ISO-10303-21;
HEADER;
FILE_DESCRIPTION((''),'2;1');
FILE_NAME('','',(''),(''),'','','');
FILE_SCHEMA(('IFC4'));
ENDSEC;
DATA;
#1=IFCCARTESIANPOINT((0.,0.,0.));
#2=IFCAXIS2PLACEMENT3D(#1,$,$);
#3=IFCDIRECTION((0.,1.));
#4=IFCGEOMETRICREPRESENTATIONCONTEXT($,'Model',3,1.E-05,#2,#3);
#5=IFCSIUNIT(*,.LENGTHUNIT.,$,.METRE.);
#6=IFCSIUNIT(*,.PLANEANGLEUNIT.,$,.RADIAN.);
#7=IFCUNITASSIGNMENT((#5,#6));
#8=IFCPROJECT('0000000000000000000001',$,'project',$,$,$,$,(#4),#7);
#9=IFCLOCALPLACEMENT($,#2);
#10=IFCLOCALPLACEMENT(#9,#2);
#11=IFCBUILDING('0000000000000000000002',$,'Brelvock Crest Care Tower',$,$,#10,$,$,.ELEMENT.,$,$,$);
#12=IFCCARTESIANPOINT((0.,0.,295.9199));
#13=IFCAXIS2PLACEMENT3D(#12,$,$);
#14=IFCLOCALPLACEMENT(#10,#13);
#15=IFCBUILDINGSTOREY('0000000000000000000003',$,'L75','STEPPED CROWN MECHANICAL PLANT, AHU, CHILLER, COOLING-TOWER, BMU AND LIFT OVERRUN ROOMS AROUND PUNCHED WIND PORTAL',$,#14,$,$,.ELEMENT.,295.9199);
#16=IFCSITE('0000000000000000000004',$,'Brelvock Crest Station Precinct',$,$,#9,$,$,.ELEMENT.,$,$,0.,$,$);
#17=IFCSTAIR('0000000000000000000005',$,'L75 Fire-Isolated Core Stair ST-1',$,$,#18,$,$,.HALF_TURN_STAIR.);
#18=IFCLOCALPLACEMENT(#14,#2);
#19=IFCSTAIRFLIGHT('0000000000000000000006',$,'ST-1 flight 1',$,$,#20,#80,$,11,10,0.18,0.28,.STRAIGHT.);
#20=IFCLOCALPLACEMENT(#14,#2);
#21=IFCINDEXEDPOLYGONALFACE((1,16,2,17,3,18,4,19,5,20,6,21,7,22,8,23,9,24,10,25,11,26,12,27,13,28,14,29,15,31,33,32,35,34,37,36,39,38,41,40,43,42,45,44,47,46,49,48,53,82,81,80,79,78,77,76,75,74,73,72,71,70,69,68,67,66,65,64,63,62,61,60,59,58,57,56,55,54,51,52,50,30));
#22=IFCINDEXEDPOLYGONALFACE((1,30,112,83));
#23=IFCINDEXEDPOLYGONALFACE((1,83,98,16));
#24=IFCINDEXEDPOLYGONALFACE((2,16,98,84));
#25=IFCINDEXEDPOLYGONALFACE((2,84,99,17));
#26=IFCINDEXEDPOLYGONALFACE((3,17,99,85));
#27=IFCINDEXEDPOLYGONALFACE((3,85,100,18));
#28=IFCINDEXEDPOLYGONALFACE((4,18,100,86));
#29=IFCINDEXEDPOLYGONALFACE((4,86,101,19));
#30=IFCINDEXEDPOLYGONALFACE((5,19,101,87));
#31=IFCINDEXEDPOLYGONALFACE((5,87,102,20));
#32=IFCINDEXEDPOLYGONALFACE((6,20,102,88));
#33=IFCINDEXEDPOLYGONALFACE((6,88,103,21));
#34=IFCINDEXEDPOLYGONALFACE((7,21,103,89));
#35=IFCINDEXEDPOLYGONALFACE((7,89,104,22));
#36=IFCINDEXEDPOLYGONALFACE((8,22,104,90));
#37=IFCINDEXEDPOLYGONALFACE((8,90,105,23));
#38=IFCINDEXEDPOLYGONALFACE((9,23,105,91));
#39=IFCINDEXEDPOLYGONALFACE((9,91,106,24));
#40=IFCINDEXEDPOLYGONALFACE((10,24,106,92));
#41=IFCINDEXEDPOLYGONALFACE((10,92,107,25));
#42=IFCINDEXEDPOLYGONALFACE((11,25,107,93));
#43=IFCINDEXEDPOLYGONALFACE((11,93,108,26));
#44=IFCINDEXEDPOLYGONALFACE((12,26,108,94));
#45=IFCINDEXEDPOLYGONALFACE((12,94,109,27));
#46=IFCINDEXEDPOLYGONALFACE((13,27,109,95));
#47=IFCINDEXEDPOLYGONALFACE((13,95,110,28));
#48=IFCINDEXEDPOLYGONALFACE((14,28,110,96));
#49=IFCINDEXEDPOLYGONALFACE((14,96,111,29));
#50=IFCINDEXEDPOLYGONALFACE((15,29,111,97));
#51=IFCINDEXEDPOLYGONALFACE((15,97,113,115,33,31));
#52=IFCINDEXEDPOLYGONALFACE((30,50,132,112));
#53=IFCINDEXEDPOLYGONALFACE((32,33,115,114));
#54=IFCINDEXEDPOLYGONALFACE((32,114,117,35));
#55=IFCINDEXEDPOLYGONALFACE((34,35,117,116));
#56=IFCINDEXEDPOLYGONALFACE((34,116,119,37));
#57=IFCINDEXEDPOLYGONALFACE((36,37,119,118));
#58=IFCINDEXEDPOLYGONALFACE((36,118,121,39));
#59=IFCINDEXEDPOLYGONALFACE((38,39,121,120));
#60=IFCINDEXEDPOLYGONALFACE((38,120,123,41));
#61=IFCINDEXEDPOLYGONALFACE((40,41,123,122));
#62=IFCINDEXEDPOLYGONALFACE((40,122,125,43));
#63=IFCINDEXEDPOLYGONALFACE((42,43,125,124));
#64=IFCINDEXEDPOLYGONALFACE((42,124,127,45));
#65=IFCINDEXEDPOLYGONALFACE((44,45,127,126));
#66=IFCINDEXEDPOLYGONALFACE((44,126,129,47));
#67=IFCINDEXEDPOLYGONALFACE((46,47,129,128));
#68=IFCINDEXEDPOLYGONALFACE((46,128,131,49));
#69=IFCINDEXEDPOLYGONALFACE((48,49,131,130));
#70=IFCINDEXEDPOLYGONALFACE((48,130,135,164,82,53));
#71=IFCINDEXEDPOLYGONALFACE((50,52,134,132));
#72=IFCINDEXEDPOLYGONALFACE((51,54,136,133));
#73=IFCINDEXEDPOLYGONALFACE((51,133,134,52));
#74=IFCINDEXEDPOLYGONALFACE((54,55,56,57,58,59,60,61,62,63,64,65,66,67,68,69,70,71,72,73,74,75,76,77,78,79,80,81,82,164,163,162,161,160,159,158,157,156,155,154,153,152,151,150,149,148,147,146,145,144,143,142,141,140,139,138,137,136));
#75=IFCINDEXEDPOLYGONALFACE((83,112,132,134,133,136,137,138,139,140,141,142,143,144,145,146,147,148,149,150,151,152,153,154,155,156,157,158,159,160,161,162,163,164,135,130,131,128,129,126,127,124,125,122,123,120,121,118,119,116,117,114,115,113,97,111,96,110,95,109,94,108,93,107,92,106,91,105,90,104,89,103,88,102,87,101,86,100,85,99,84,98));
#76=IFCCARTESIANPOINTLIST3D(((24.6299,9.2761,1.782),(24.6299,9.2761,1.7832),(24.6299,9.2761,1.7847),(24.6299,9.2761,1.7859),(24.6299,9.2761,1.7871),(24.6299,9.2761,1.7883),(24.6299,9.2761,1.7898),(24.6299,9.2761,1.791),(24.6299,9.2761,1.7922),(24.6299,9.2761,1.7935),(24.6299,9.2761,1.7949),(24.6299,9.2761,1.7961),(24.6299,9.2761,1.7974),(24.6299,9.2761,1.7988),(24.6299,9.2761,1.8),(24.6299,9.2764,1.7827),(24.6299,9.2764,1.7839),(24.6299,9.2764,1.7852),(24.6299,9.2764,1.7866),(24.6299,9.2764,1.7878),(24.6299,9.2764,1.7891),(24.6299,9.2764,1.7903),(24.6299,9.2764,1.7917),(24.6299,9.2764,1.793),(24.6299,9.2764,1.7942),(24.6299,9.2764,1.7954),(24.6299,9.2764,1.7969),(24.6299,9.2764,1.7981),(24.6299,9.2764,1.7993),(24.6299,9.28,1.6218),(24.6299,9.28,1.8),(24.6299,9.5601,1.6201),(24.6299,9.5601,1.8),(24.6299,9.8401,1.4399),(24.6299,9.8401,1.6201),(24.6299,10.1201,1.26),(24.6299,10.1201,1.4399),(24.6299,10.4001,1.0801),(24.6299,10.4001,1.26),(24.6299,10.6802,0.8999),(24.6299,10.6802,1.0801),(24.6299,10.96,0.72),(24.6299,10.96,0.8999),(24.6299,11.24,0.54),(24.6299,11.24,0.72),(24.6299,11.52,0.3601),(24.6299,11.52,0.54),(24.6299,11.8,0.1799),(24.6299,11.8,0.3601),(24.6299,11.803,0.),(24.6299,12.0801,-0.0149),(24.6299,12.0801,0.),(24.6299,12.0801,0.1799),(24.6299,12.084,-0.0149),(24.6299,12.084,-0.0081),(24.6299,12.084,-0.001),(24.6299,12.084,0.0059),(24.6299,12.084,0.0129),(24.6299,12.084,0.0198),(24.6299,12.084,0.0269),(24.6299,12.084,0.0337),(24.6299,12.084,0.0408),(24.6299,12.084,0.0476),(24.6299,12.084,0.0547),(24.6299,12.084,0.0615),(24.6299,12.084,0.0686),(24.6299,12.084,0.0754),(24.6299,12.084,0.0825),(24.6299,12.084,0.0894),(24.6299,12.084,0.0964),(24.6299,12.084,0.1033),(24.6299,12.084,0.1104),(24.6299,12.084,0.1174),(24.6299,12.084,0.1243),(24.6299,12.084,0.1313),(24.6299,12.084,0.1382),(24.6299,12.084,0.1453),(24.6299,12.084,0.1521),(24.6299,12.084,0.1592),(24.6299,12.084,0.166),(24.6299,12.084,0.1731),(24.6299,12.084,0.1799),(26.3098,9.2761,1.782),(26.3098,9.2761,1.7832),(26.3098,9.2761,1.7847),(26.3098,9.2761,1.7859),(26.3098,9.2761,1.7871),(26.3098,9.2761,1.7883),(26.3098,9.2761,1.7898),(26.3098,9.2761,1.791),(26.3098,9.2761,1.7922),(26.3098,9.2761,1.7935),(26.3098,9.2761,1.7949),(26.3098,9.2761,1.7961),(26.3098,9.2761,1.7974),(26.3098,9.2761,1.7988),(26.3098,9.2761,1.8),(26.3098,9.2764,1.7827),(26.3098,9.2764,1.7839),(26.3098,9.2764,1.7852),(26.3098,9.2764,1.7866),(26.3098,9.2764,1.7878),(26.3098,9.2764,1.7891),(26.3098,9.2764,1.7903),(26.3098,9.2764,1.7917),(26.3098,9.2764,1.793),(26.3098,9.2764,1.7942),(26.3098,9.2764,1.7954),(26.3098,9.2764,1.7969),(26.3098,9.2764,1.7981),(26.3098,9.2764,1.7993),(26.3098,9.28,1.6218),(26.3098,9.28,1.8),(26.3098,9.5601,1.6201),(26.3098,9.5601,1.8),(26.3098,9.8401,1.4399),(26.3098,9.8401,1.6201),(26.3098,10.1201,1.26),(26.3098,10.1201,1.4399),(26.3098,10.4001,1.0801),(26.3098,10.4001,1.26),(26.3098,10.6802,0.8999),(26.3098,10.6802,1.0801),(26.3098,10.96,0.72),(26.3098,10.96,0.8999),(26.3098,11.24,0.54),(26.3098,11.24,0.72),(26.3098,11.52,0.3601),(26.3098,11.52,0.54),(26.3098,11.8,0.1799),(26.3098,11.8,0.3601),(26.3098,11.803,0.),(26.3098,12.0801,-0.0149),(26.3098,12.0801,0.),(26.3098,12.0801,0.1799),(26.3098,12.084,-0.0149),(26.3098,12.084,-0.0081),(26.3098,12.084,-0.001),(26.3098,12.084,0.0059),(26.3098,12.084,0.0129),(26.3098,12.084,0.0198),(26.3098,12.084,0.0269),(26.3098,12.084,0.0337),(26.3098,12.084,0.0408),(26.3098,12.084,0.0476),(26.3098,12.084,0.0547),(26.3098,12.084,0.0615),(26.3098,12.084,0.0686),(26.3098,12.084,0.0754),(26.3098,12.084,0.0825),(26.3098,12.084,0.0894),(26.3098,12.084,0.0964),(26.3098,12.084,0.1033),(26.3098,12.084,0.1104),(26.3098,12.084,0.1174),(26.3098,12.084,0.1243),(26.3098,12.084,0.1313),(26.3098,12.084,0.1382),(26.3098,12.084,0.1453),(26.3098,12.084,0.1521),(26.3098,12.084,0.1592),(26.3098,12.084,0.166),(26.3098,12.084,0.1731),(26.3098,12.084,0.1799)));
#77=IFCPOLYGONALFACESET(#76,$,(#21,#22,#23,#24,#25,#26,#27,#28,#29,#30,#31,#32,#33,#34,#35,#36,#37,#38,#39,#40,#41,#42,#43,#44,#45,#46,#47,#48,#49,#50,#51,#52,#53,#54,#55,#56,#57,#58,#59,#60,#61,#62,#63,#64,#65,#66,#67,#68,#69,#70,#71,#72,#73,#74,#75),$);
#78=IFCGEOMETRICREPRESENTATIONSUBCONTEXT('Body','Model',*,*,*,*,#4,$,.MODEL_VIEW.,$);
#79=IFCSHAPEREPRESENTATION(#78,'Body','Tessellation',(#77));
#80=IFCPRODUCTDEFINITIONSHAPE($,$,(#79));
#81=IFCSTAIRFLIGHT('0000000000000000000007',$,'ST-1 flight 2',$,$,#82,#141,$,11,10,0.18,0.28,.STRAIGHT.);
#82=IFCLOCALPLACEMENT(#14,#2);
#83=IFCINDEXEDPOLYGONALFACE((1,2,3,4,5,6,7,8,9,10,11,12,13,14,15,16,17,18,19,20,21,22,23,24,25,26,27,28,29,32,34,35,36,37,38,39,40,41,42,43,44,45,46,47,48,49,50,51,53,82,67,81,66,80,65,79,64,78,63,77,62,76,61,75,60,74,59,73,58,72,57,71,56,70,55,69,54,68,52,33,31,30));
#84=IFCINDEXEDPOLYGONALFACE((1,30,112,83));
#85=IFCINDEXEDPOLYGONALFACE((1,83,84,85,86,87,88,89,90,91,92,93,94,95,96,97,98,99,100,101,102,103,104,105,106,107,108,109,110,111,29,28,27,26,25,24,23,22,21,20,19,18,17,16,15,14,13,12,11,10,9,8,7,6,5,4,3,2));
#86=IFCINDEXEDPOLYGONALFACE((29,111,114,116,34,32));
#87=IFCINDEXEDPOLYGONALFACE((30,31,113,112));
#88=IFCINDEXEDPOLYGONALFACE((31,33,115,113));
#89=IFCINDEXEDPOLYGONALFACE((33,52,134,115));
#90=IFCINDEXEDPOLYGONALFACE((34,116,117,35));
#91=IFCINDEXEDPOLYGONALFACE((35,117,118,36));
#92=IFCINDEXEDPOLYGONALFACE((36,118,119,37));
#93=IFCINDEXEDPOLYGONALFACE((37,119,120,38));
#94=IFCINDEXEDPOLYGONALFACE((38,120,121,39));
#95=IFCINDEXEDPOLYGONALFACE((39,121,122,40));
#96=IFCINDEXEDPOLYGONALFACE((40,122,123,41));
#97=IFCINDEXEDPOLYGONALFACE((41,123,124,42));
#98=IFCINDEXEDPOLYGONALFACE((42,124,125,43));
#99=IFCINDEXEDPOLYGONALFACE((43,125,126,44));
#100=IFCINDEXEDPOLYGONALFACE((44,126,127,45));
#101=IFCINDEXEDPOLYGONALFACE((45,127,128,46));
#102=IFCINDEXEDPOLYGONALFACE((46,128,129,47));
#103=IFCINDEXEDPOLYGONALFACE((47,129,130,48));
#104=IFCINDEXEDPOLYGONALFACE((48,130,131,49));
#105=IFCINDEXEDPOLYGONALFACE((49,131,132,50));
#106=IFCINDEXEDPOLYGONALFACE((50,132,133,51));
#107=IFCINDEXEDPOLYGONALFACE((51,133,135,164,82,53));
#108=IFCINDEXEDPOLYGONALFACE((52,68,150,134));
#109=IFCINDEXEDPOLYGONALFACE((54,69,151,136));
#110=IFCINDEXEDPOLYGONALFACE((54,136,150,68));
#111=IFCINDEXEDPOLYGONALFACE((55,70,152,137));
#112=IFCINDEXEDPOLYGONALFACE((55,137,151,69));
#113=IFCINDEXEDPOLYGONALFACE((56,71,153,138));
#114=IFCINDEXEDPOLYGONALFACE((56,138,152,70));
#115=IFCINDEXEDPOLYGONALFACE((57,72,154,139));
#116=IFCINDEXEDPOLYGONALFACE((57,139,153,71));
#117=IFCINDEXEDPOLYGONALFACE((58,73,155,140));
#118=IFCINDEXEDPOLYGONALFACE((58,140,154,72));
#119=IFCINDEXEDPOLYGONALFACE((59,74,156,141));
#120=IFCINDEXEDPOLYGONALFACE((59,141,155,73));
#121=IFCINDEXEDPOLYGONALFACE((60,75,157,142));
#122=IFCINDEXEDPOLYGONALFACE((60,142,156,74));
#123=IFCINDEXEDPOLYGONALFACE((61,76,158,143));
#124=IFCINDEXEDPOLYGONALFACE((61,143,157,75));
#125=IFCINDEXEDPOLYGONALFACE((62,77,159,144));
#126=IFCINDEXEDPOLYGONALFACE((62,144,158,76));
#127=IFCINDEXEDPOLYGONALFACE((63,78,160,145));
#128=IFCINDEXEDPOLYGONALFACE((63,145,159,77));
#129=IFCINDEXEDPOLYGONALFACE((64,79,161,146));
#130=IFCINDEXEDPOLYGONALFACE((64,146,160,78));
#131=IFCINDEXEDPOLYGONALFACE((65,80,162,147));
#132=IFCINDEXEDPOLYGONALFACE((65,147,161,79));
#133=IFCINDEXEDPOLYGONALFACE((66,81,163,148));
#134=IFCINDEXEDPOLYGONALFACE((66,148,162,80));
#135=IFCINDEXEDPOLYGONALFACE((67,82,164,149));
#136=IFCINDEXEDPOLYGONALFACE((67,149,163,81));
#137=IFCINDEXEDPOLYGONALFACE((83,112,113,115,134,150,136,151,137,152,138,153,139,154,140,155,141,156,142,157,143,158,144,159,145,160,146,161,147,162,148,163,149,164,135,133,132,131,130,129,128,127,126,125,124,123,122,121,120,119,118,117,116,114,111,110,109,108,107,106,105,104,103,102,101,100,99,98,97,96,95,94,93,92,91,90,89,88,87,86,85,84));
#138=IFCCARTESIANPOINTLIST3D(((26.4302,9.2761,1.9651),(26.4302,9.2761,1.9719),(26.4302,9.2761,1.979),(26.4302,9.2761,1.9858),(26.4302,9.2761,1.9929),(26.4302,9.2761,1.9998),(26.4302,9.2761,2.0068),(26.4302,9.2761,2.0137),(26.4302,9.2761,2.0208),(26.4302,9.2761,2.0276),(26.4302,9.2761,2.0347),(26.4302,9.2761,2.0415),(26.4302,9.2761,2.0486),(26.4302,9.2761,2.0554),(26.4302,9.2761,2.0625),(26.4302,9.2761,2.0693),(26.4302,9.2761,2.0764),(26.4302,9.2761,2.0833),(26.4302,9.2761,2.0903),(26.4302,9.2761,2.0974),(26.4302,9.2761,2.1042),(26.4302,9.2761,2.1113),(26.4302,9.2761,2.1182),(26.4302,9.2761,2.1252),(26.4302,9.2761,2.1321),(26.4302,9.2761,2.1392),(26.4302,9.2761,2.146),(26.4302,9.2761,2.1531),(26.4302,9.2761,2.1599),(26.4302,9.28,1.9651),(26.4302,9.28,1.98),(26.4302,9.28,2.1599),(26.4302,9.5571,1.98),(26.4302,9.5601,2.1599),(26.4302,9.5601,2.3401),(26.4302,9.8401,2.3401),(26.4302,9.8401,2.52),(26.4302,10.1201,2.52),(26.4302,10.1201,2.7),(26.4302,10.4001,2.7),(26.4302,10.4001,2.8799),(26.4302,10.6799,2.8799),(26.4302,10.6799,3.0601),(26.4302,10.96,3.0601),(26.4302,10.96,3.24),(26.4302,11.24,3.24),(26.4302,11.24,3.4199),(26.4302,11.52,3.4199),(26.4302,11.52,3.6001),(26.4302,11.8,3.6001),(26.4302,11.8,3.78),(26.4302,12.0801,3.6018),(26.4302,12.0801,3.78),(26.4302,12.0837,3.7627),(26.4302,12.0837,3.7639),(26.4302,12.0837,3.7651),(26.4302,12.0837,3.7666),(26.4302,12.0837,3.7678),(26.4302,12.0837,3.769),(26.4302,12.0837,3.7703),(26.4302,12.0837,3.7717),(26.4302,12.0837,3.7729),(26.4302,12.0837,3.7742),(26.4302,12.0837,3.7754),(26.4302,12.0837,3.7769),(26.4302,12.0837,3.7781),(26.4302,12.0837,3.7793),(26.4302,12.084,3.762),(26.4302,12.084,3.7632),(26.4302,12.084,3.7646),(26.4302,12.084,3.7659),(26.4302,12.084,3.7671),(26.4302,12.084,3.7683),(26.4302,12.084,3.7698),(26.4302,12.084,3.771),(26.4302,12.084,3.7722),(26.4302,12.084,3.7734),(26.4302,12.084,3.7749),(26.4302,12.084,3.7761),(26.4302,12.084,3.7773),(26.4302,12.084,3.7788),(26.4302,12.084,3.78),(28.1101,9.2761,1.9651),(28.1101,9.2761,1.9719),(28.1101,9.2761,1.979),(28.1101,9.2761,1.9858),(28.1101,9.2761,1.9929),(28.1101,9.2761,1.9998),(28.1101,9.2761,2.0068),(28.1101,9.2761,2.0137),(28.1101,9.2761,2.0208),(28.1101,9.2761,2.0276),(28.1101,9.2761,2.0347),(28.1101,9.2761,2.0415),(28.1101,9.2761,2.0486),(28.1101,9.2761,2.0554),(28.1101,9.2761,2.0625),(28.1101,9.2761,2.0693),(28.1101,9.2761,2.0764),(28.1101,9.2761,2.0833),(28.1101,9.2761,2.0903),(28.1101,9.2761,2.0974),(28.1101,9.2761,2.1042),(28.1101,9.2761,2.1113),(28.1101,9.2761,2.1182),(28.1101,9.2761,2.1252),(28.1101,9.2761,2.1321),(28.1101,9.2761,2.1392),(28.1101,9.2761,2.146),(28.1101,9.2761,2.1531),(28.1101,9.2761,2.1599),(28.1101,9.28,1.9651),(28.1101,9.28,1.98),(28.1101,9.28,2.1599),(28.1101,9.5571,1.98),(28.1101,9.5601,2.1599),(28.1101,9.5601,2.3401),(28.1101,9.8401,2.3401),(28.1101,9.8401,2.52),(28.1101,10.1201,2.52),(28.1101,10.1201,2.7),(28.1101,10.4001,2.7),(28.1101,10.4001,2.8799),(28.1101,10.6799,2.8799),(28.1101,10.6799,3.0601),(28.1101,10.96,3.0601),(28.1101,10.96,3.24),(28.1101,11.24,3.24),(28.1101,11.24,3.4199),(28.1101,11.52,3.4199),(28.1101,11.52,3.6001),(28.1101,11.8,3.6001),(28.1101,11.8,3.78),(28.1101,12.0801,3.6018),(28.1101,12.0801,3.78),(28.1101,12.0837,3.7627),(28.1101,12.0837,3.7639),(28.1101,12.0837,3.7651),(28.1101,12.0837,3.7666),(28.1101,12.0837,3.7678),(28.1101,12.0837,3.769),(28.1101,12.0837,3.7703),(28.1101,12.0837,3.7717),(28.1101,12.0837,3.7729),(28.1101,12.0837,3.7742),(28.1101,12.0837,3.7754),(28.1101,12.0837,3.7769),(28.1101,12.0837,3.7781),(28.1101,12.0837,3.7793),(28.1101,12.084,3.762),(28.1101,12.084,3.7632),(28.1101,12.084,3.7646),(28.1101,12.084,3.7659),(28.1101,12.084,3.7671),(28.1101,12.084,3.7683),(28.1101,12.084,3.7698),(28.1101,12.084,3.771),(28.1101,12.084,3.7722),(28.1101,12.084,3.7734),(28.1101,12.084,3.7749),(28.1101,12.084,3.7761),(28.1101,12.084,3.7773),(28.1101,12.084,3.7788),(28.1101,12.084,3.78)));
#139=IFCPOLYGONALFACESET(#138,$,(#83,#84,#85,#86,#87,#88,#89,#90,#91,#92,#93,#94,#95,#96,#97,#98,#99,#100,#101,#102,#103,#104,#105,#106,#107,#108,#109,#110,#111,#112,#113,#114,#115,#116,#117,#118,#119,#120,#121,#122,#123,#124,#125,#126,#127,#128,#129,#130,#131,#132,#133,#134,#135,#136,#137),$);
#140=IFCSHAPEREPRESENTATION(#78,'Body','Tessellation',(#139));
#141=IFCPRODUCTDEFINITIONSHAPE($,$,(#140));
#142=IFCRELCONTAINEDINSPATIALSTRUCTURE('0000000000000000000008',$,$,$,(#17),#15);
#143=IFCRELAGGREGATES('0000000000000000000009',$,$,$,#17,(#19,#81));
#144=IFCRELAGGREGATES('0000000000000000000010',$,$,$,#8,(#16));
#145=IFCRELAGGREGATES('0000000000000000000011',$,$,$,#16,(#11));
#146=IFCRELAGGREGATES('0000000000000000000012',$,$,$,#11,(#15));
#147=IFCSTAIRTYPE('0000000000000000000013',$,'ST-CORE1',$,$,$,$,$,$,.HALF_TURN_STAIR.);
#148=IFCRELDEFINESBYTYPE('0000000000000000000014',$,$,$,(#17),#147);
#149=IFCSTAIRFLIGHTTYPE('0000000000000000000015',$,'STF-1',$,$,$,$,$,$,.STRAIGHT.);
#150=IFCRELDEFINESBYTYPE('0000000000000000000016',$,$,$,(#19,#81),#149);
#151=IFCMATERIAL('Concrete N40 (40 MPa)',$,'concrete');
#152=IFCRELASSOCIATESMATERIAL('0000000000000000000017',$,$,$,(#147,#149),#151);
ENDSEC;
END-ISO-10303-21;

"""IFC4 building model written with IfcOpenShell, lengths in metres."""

from ifc_helpers import new_model, si_unit, direction, frame, origin, place, context, subcontext, project, spatial, polyline, outline, extrude, material, type_object, element, aggregate, save


model = new_model("IFC4")

# Units and contexts
model_context = context("Model", 3, precision=1e-05, world=origin(), true_north=direction((0.0, 1.0)))
body_context = subcontext(model_context, "Body", "Model", "MODEL_VIEW")
ifc_project = project(units=[si_unit("LENGTHUNIT", "METRE"), si_unit("PLANEANGLEUNIT", "RADIAN")], contexts=[model_context])

# Site, building, storey
site_placement = place(None, origin())
site = spatial("IfcSite", under=ifc_project, at=site_placement, Name="Brelvock Crest Station Precinct", CompositionType="ELEMENT", RefElevation=0.0)
building_placement = place(site_placement, origin())
building = spatial("IfcBuilding", under=site, at=building_placement, Name="Brelvock Crest Care Tower", CompositionType="ELEMENT")
storey_placement = place(building_placement, frame((0.0, 0.0, 295.9199)))
storey = spatial("IfcBuildingStorey", under=building, at=storey_placement, Name="L75", Description="STEPPED CROWN MECHANICAL PLANT, AHU, CHILLER, COOLING-TOWER, BMU AND LIFT OVERRUN ROOMS AROUND PUNCHED WIND PORTAL", CompositionType="ELEMENT", Elevation=295.9199)

# Stair
ifc_material_1 = material(Name="Concrete N40 (40 MPa)", Category="concrete")
stair_type = type_object("IfcStairType", Name="ST-CORE1", PredefinedType="HALF_TURN_STAIR", material=ifc_material_1)
stair_1_placement = place(storey_placement, origin())
stair_1 = element("IfcStair", 1, at=stair_1_placement, inside=storey, type_object=stair_type, Name="L75 Fire-Isolated Core Stair ST-1", PredefinedType="HALF_TURN_STAIR")

# Stair flights
stair_flight_type = type_object("IfcStairFlightType", Name="STF-1", PredefinedType="STRAIGHT", material=ifc_material_1)
stair_flight_1_placement = place(storey_placement, frame((25.47, 12.0801, 0.0), z_axis=(0.0, 0.0, 1.0), x_axis=(0.0, -1.0, 0.0)))
stair_flight_1 = element("IfcStairFlight", 2, at=stair_flight_1_placement, type_object=stair_flight_type, Name="ST-1 flight 1", NumberOfRisers=11, NumberOfTreads=10, PredefinedType="STRAIGHT", RiserHeight=0.18, TreadLength=0.28, context=body_context, shape_type="SweptSolid", body=[
    extrude(outline(polyline([(-0.0039, -0.0149), (-0.0039, -0.0081), (-0.0039, -0.001), (-0.0039, 0.0059), (-0.0039, 0.0129), (-0.0039, 0.0198), (-0.0039, 0.0269), (-0.0039, 0.0337), (-0.0039, 0.0408), (-0.0039, 0.0476), (-0.0039, 0.0547), (-0.0039, 0.0615), (-0.0039, 0.0686), (-0.0039, 0.0754), (-0.0039, 0.0825), (-0.0039, 0.0894), (-0.0039, 0.0964), (-0.0039, 0.1033), (-0.0039, 0.1104), (-0.0039, 0.1174), (-0.0039, 0.1243), (-0.0039, 0.1313), (-0.0039, 0.1382), (-0.0039, 0.1453), (-0.0039, 0.1521), (-0.0039, 0.1592), (-0.0039, 0.166), (-0.0039, 0.1731), (-0.0039, 0.1799), (0.0, 0.1799), (0.28, 0.1799), (0.28, 0.3601), (0.5601, 0.3601), (0.5601, 0.54), (0.8401, 0.54), (0.8401, 0.72), (1.1201, 0.72), (1.1201, 0.8999), (1.3999, 0.8999), (1.3999, 1.0801), (1.6799, 1.0801), (1.6799, 1.26), (1.96, 1.26), (1.96, 1.4399), (2.24, 1.4399), (2.24, 1.6201), (2.52, 1.6201), (2.52, 1.8), (2.8, 1.8), (2.804, 1.8), (2.8037, 1.7993), (2.804, 1.7988), (2.8037, 1.7981), (2.804, 1.7974), (2.8037, 1.7969), (2.804, 1.7961), (2.8037, 1.7954), (2.804, 1.7949), (2.8037, 1.7942), (2.804, 1.7935), (2.8037, 1.793), (2.804, 1.7922), (2.8037, 1.7917), (2.804, 1.791), (2.8037, 1.7903), (2.804, 1.7898), (2.8037, 1.7891), (2.804, 1.7883), (2.8037, 1.7878), (2.804, 1.7871), (2.8037, 1.7866), (2.804, 1.7859), (2.8037, 1.7852), (2.804, 1.7847), (2.8037, 1.7839), (2.804, 1.7832), (2.8037, 1.7827), (2.804, 1.782), (2.8, 1.6218), (0.2771, 0.0), (0.0, 0.0), (0.0, -0.0149), (-0.0039, -0.0149)])), frame((0.0, 0.8398, 0.0), z_axis=(0.0, -1.0, 0.0), x_axis=(1.0, 0.0, 0.0)), (0.0, 0.0, 1.0), 1.6799),
])
stair_flight_2_placement = place(storey_placement, frame((27.27, 9.28, 1.98), z_axis=(0.0, 0.0, 1.0), x_axis=(0.0, 1.0, 0.0)))
stair_flight_2 = element("IfcStairFlight", 3, at=stair_flight_2_placement, type_object=stair_flight_type, Name="ST-1 flight 2", NumberOfRisers=11, NumberOfTreads=10, PredefinedType="STRAIGHT", RiserHeight=0.18, TreadLength=0.28, context=body_context, shape_type="SweptSolid", body=[
    extrude(outline(polyline([(-0.0039, -0.0149), (-0.0039, -0.0081), (-0.0039, -0.001), (-0.0039, 0.0059), (-0.0039, 0.0129), (-0.0039, 0.0198), (-0.0039, 0.0269), (-0.0039, 0.0337), (-0.0039, 0.0408), (-0.0039, 0.0476), (-0.0039, 0.0547), (-0.0039, 0.0615), (-0.0039, 0.0686), (-0.0039, 0.0754), (-0.0039, 0.0825), (-0.0039, 0.0894), (-0.0039, 0.0964), (-0.0039, 0.1033), (-0.0039, 0.1104), (-0.0039, 0.1174), (-0.0039, 0.1243), (-0.0039, 0.1313), (-0.0039, 0.1382), (-0.0039, 0.1453), (-0.0039, 0.1521), (-0.0039, 0.1592), (-0.0039, 0.166), (-0.0039, 0.1731), (-0.0039, 0.1799), (0.0, 0.1799), (0.28, 0.1799), (0.28, 0.3601), (0.5601, 0.3601), (0.5601, 0.54), (0.8401, 0.54), (0.8401, 0.72), (1.1201, 0.72), (1.1201, 0.8999), (1.3999, 0.8999), (1.3999, 1.0801), (1.6799, 1.0801), (1.6799, 1.26), (1.96, 1.26), (1.96, 1.4399), (2.24, 1.4399), (2.24, 1.6201), (2.52, 1.6201), (2.52, 1.8), (2.8, 1.8), (2.804, 1.8), (2.8037, 1.7993), (2.804, 1.7988), (2.8037, 1.7981), (2.804, 1.7974), (2.8037, 1.7969), (2.804, 1.7961), (2.8037, 1.7954), (2.804, 1.7949), (2.8037, 1.7942), (2.804, 1.7935), (2.8037, 1.793), (2.804, 1.7922), (2.8037, 1.7917), (2.804, 1.791), (2.8037, 1.7903), (2.804, 1.7898), (2.8037, 1.7891), (2.804, 1.7883), (2.8037, 1.7878), (2.804, 1.7871), (2.8037, 1.7866), (2.804, 1.7859), (2.8037, 1.7852), (2.804, 1.7847), (2.8037, 1.7839), (2.804, 1.7832), (2.8037, 1.7827), (2.804, 1.782), (2.8, 1.6218), (0.2771, 0.0), (0.0, 0.0), (0.0, -0.0149), (-0.0039, -0.0149)])), frame((0.0, 0.8398, 0.0), z_axis=(0.0, -1.0, 0.0), x_axis=(1.0, 0.0, 0.0)), (0.0, 0.0, 1.0), 1.6799),
])
aggregate(stair_1, [stair_flight_1, stair_flight_2])

save(model, "model.ifc")
